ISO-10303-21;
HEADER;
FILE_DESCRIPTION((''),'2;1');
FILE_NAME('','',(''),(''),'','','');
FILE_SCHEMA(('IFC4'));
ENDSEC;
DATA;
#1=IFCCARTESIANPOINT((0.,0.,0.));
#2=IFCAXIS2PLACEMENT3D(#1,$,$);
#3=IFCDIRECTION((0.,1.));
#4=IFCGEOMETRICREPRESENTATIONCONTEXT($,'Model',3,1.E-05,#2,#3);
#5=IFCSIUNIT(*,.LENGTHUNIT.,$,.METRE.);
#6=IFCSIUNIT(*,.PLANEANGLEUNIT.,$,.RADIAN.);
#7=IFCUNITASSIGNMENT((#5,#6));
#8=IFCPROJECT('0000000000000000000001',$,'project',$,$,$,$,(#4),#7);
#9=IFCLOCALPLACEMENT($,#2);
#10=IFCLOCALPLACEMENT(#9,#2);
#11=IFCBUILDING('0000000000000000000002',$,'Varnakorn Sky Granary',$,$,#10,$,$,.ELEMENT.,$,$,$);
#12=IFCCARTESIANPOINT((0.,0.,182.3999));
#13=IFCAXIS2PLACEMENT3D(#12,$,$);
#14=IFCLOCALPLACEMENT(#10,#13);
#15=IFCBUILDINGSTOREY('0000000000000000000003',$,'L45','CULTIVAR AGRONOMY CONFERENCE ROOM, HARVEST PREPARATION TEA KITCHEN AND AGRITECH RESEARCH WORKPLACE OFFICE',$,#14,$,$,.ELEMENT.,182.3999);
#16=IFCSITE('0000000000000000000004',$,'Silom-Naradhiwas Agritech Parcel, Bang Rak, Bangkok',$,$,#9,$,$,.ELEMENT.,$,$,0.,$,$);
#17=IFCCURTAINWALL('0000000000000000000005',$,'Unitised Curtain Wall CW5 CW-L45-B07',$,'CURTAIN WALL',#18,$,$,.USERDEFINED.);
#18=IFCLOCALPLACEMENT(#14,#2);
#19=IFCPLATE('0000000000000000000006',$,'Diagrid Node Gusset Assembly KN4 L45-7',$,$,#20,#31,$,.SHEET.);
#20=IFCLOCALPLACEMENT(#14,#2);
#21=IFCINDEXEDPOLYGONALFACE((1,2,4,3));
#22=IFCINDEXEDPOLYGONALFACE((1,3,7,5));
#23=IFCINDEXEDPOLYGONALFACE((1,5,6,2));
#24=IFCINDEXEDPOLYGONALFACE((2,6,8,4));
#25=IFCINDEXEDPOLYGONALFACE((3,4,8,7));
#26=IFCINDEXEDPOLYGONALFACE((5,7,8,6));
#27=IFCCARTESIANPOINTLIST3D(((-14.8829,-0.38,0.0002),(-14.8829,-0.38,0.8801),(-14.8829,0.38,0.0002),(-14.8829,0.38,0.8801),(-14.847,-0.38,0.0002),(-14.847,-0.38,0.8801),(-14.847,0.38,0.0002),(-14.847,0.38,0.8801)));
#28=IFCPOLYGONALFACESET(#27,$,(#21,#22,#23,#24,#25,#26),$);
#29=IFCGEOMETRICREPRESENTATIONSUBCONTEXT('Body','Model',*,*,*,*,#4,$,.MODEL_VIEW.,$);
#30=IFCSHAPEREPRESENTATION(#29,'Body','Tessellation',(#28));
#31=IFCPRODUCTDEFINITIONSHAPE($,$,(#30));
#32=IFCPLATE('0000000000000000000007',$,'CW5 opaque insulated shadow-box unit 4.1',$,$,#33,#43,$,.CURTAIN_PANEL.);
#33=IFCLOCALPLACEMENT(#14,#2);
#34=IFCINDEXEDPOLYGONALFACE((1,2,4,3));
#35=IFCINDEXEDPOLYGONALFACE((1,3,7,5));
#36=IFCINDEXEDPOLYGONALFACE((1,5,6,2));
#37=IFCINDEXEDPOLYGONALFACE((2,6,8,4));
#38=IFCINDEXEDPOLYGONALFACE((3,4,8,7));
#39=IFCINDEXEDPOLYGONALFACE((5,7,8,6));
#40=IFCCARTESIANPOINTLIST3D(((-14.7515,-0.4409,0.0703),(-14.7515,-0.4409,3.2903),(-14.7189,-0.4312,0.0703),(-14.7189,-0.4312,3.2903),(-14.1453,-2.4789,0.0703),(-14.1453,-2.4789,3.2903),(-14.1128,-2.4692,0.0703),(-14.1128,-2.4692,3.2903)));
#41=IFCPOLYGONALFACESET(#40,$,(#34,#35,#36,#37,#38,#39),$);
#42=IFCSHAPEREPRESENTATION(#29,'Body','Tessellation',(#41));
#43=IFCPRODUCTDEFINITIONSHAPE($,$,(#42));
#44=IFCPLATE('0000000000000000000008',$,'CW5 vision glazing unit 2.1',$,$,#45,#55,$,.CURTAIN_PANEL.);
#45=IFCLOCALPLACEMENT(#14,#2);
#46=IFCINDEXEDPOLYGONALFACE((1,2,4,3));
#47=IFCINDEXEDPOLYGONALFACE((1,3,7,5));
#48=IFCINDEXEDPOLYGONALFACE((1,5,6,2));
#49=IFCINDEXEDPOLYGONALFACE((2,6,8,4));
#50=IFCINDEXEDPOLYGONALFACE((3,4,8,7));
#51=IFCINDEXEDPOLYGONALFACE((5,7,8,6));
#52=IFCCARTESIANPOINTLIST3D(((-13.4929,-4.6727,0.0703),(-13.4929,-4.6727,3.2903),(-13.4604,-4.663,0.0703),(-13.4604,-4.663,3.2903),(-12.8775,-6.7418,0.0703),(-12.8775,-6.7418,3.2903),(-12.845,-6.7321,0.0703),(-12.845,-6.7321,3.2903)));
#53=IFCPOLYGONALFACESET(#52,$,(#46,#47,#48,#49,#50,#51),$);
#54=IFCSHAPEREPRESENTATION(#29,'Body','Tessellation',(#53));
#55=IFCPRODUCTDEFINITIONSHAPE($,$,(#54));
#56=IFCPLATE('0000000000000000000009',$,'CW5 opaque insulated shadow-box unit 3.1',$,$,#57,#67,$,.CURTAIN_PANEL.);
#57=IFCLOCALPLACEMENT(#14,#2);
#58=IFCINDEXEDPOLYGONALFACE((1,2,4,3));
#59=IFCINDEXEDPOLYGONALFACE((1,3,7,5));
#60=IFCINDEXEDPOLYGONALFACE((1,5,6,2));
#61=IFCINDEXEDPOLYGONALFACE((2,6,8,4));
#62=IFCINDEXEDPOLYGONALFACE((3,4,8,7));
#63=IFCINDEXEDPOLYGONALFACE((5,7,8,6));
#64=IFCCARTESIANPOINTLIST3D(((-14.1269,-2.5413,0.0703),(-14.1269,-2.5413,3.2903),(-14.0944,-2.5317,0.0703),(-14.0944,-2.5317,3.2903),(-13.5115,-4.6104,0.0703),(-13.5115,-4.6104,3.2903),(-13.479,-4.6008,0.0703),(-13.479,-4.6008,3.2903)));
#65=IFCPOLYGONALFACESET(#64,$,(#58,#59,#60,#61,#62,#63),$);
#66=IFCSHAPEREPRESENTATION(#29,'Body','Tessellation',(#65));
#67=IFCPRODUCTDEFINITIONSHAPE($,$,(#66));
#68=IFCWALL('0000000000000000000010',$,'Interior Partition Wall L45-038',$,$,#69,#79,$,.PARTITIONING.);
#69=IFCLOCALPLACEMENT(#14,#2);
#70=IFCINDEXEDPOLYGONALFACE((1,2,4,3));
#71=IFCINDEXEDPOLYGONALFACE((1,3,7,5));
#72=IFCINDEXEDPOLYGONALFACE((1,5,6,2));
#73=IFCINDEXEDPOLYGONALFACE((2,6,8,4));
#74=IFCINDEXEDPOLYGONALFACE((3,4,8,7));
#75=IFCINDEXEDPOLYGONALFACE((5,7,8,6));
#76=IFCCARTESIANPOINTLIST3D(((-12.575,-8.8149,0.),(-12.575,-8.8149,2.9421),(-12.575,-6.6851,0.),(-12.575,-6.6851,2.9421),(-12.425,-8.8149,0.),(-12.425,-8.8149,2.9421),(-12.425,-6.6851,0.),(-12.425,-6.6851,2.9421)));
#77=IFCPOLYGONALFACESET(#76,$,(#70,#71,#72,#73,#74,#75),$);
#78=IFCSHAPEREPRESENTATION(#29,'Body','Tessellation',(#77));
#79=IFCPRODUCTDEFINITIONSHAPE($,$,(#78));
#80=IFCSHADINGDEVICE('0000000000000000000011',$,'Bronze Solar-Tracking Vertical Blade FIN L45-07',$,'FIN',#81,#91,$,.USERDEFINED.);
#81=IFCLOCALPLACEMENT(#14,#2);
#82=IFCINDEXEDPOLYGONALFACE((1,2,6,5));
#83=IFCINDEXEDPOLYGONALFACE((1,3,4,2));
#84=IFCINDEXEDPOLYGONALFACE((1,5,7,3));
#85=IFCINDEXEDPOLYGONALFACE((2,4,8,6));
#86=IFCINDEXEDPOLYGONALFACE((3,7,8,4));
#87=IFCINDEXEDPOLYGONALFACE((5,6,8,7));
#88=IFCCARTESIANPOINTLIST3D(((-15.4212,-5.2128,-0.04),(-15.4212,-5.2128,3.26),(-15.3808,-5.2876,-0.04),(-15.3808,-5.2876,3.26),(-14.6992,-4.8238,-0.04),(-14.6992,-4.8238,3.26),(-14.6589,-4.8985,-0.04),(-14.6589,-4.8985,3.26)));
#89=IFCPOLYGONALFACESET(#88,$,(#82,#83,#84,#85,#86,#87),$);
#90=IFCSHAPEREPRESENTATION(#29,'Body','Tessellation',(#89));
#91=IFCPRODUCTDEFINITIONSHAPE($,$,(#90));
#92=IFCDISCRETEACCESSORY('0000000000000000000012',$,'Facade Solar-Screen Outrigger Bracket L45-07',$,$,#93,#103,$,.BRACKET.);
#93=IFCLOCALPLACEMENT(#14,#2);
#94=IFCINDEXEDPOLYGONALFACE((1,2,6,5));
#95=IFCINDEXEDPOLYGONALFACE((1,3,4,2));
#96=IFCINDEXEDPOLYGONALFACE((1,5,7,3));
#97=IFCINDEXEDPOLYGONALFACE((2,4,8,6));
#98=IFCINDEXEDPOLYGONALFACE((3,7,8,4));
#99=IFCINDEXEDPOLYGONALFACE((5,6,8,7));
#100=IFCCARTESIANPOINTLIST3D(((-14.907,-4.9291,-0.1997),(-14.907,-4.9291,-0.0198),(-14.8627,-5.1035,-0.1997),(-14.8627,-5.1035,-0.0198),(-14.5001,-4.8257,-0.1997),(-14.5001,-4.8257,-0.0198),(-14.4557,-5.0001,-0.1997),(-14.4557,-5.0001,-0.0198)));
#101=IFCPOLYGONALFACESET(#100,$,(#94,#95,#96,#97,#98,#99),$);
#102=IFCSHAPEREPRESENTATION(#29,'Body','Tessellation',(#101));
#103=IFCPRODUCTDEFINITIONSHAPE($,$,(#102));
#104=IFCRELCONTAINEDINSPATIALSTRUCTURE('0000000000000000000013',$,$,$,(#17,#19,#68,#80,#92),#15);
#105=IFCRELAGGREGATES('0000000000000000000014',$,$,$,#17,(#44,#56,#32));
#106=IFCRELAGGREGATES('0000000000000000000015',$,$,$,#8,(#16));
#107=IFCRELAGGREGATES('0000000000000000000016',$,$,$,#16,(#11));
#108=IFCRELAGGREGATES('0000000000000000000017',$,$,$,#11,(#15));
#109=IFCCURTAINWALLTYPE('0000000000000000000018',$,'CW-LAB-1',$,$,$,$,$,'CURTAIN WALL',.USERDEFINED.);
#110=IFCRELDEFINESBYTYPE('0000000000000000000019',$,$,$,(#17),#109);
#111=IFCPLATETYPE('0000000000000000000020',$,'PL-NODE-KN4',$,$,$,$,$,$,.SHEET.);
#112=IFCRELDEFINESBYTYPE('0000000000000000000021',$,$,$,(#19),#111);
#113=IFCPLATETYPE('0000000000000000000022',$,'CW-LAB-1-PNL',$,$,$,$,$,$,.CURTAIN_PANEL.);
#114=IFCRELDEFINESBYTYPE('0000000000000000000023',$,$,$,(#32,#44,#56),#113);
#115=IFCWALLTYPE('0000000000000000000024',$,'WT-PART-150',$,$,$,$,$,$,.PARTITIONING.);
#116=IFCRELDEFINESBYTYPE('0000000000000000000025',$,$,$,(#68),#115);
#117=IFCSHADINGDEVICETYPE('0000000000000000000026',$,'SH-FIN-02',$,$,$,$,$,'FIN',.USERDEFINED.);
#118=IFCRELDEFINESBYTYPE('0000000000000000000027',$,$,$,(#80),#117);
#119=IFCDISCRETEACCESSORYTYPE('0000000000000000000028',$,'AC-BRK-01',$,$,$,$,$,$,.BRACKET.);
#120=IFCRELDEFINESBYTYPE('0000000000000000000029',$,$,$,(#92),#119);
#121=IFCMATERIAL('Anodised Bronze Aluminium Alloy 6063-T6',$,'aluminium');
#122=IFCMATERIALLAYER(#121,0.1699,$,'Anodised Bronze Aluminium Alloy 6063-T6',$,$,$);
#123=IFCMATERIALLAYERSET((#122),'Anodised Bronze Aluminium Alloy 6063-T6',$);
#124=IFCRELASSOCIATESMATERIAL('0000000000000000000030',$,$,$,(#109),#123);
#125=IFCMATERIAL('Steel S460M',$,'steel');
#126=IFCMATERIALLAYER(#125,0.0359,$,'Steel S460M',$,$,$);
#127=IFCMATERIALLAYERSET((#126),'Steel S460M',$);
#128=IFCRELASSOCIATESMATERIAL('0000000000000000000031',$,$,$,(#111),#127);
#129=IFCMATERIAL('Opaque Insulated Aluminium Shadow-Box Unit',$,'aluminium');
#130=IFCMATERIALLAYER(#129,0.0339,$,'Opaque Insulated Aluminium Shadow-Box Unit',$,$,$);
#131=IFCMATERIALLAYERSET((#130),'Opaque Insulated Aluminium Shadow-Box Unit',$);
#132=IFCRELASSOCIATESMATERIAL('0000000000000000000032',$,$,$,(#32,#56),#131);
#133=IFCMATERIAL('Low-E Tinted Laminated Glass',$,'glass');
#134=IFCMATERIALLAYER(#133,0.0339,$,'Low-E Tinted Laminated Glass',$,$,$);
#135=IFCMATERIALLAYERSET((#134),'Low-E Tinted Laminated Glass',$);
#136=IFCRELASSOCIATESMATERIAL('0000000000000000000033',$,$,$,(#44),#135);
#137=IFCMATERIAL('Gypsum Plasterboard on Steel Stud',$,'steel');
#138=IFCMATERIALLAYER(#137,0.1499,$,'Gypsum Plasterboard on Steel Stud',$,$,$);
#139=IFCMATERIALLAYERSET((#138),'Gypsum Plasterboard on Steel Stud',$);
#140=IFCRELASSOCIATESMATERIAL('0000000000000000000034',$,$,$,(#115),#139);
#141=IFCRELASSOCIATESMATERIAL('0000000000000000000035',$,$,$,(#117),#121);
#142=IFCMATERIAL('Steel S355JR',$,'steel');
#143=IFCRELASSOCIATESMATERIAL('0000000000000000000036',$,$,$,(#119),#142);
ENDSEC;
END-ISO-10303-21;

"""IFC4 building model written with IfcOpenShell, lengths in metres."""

from ifc_helpers import new_model, si_unit, direction, frame, frame_2d, origin, origin_2d, place, context, subcontext, project, spatial, rectangle, extrude, source, transform, mapped, material, layer, layer_set, type_object, type_shapes, element, aggregate, save


model = new_model("IFC4")

# Units and contexts
model_context = context("Model", 3, precision=1e-05, world=origin(), true_north=direction((0.0, 1.0)))
body_context = subcontext(model_context, "Body", "Model", "MODEL_VIEW")
ifc_project = project(units=[si_unit("LENGTHUNIT", "METRE"), si_unit("PLANEANGLEUNIT", "RADIAN")], contexts=[model_context])

# Site, building, storey
site_placement = place(None, origin())
site = spatial("IfcSite", under=ifc_project, at=site_placement, Name="Silom-Naradhiwas Agritech Parcel, Bang Rak, Bangkok", CompositionType="ELEMENT", RefElevation=0.0)
building_placement = place(site_placement, origin())
building = spatial("IfcBuilding", under=site, at=building_placement, Name="Varnakorn Sky Granary", CompositionType="ELEMENT")
storey_placement = place(building_placement, frame((0.0, 0.0, 182.3999)))
storey = spatial("IfcBuildingStorey", under=building, at=storey_placement, Name="L45", Description="CULTIVAR AGRONOMY CONFERENCE ROOM, HARVEST PREPARATION TEA KITCHEN AND AGRITECH RESEARCH WORKPLACE OFFICE", CompositionType="ELEMENT", Elevation=182.3999)

# Shared definitions
ifc_material_1 = material(Name="Steel S460M", Category="steel")

# Shared definitions
ifc_material_2 = material(Name="Steel S355JR", Category="steel")

# Curtain wall
ifc_material_3 = material(Name="Anodised Bronze Aluminium Alloy 6063-T6", Category="aluminium")
ifc_layer_1 = layer(ifc_material_3, 0.1699, Name="Anodised Bronze Aluminium Alloy 6063-T6")
ifc_layer_set_1 = layer_set([ifc_layer_1], Name="Anodised Bronze Aluminium Alloy 6063-T6")
curtain_wall_type = type_object("IfcCurtainWallType", Name="CW-LAB-1", ElementType="CURTAIN WALL", PredefinedType="USERDEFINED", material=ifc_layer_set_1)
curtain_wall_placement = place(storey_placement, origin())
curtain_wall = element("IfcCurtainWall", 1, at=curtain_wall_placement, inside=storey, type_object=curtain_wall_type, Name="Unitised Curtain Wall CW5 CW-L45-B07", ObjectType="CURTAIN WALL", PredefinedType="USERDEFINED")

# Plates
ifc_layer_2 = layer(ifc_material_1, 0.0359, Name="Steel S460M")
ifc_layer_set_2 = layer_set([ifc_layer_2], Name="Steel S460M")
plate_type_1 = type_object("IfcPlateType", Name="PL-NODE-KN4", PredefinedType="SHEET", material=ifc_layer_set_2)
plate_1_placement = place(storey_placement, frame((-14.865, 0.0, 0.0002), z_axis=(0.0, 0.0, 1.0), x_axis=(0.0, -1.0, 0.0)))
element("IfcPlate", 2, at=plate_1_placement, inside=storey, type_object=plate_type_1, Name="Diagrid Node Gusset Assembly KN4 L45-7", PredefinedType="SHEET", context=body_context, shape_type="SweptSolid", body=[
    extrude(rectangle(XDim=0.76, YDim=0.0359, at=origin_2d()), origin(), (0.0, 0.0, 1.0), 0.8799),
])
ifc_material_4 = material(Name="Opaque Insulated Aluminium Shadow-Box Unit", Category="aluminium")
ifc_layer_3 = layer(ifc_material_4, 0.0339, Name="Opaque Insulated Aluminium Shadow-Box Unit")
ifc_layer_set_3 = layer_set([ifc_layer_3], Name="Opaque Insulated Aluminium Shadow-Box Unit")
plate_type_2 = type_object("IfcPlateType", Name="CW-LAB-1-PNL", PredefinedType="CURTAIN_PANEL")
shared_shape_1 = source(origin(), body_context, "Body", "SweptSolid", [
    extrude(rectangle(XDim=2.1262, YDim=0.0339, at=origin_2d()), origin(), (0.0, 0.0, 1.0), 3.22),
])
plate_2_placement = place(storey_placement, frame((-14.4321, -1.4551, 0.0703), z_axis=(0.0, 0.0, 1.0), x_axis=(-0.285081, 0.958503, 0.0)))
plate_2 = element("IfcPlate", 3, at=plate_2_placement, type_object=plate_type_2, material=ifc_layer_set_3, Name="CW5 opaque insulated shadow-box unit 4.1", PredefinedType="CURTAIN_PANEL", context=body_context, shape_type="MappedRepresentation", body=[
    mapped(shared_shape_1, transform((0.0, 0.0, 0.0), x_axis=(1.0, 0.0, 0.0), y_axis=(0.0, 1.0, 0.0), z_axis=(0.0, 0.0, 1.0), scale=1.0)),
])
ifc_material_5 = material(Name="Low-E Tinted Laminated Glass", Category="glass")
ifc_layer_4 = layer(ifc_material_5, 0.0339, Name="Low-E Tinted Laminated Glass")
ifc_layer_set_4 = layer_set([ifc_layer_4], Name="Low-E Tinted Laminated Glass")
shared_shape_2 = source(origin(), body_context, "Body", "SweptSolid", [
    extrude(rectangle(XDim=2.1587, YDim=0.0339, at=origin_2d()), origin(), (0.0, 0.0, 1.0), 3.22),
])
type_shapes(plate_type_2, [shared_shape_1, shared_shape_2])
plate_3_placement = place(storey_placement, frame((-13.1689, -5.7024, 0.0703), z_axis=(0.0, 0.0, 1.0), x_axis=(-0.285081, 0.958503, 0.0)))
plate_3 = element("IfcPlate", 4, at=plate_3_placement, type_object=plate_type_2, material=ifc_layer_set_4, Name="CW5 vision glazing unit 2.1", PredefinedType="CURTAIN_PANEL", context=body_context, shape_type="MappedRepresentation", body=[
    mapped(shared_shape_2, transform((0.0, 0.0, 0.0), x_axis=(1.0, 0.0, 0.0), y_axis=(0.0, 1.0, 0.0), z_axis=(0.0, 0.0, 1.0), scale=1.0)),
])
plate_4_placement = place(storey_placement, frame((-13.803, -3.571, 0.0703), z_axis=(0.0, 0.0, 1.0), x_axis=(-0.285081, 0.958503, 0.0)))
plate_4 = element("IfcPlate", 5, at=plate_4_placement, type_object=plate_type_2, material=ifc_layer_set_3, Name="CW5 opaque insulated shadow-box unit 3.1", PredefinedType="CURTAIN_PANEL", context=body_context, shape_type="MappedRepresentation", body=[
    mapped(shared_shape_2, transform((0.0, 0.0, 0.0), x_axis=(1.0, 0.0, 0.0), y_axis=(0.0, 1.0, 0.0), z_axis=(0.0, 0.0, 1.0), scale=1.0)),
])
aggregate(curtain_wall, [plate_3, plate_4, plate_2])

# Wall
ifc_material_6 = material(Name="Gypsum Plasterboard on Steel Stud", Category="steel")
ifc_layer_5 = layer(ifc_material_6, 0.1499, Name="Gypsum Plasterboard on Steel Stud")
ifc_layer_set_5 = layer_set([ifc_layer_5], Name="Gypsum Plasterboard on Steel Stud")
wall_type = type_object("IfcWallType", Name="WT-PART-150", PredefinedType="PARTITIONING", material=ifc_layer_set_5)
wall_placement = place(storey_placement, frame((-12.5, -6.6851, 0.0), z_axis=(0.0, 0.0, 1.0), x_axis=(0.0, -1.0, 0.0)))
element("IfcWall", 6, at=wall_placement, inside=storey, type_object=wall_type, Name="Interior Partition Wall L45-038", PredefinedType="PARTITIONING", context=body_context, shape_type="SweptSolid", body=[
    extrude(rectangle(XDim=2.1299, YDim=0.1499, at=frame_2d((1.0649, 0.0))), origin(), (0.0, 0.0, 1.0), 2.9421),
])

# Shading device
shading_device_type = type_object("IfcShadingDeviceType", Name="SH-FIN-02", ElementType="FIN", PredefinedType="USERDEFINED", material=ifc_material_3)
shared_shape_3 = source(origin(), body_context, "Body", "SweptSolid", [
    extrude(rectangle(XDim=0.085, YDim=0.8201, at=origin_2d()), origin(), (0.0, 0.0, 1.0), 3.3),
])
type_shapes(shading_device_type, [shared_shape_3])
shading_device_placement = place(storey_placement, frame((-15.04, -5.0557, -0.04), z_axis=(0.0, 0.0, 1.0), x_axis=(0.474386, -0.880317, 0.0)))
element("IfcShadingDevice", 7, at=shading_device_placement, inside=storey, type_object=shading_device_type, Name="Bronze Solar-Tracking Vertical Blade FIN L45-07", ObjectType="FIN", PredefinedType="USERDEFINED", context=body_context, shape_type="MappedRepresentation", body=[
    mapped(shared_shape_3, transform((0.0, 0.0, 0.0), x_axis=(1.0, 0.0, 0.0), y_axis=(0.0, 1.0, 0.0), z_axis=(0.0, 0.0, 1.0), scale=1.0)),
])

# Discrete accessory
discrete_accessory_type = type_object("IfcDiscreteAccessoryType", Name="AC-BRK-01", PredefinedType="BRACKET", material=ifc_material_2)
shared_shape_4 = source(origin(), body_context, "Body", "SweptSolid", [
    extrude(rectangle(XDim=0.1799, YDim=0.4199, at=origin_2d()), origin(), (0.0, 0.0, 1.0), 0.1799),
])
type_shapes(discrete_accessory_type, [shared_shape_4])
discrete_accessory_placement = place(storey_placement, frame((-14.6814, -4.9646, -0.1997), z_axis=(0.0, 0.0, 1.0), x_axis=(0.246345, -0.969182, 0.0)))
element("IfcDiscreteAccessory", 8, at=discrete_accessory_placement, inside=storey, type_object=discrete_accessory_type, Name="Facade Solar-Screen Outrigger Bracket L45-07", PredefinedType="BRACKET", context=body_context, shape_type="MappedRepresentation", body=[
    mapped(shared_shape_4, transform((0.0, 0.0, 0.0), x_axis=(1.0, 0.0, 0.0), y_axis=(0.0, 1.0, 0.0), z_axis=(0.0, 0.0, 1.0), scale=1.0)),
])

save(model, "model.ifc")
